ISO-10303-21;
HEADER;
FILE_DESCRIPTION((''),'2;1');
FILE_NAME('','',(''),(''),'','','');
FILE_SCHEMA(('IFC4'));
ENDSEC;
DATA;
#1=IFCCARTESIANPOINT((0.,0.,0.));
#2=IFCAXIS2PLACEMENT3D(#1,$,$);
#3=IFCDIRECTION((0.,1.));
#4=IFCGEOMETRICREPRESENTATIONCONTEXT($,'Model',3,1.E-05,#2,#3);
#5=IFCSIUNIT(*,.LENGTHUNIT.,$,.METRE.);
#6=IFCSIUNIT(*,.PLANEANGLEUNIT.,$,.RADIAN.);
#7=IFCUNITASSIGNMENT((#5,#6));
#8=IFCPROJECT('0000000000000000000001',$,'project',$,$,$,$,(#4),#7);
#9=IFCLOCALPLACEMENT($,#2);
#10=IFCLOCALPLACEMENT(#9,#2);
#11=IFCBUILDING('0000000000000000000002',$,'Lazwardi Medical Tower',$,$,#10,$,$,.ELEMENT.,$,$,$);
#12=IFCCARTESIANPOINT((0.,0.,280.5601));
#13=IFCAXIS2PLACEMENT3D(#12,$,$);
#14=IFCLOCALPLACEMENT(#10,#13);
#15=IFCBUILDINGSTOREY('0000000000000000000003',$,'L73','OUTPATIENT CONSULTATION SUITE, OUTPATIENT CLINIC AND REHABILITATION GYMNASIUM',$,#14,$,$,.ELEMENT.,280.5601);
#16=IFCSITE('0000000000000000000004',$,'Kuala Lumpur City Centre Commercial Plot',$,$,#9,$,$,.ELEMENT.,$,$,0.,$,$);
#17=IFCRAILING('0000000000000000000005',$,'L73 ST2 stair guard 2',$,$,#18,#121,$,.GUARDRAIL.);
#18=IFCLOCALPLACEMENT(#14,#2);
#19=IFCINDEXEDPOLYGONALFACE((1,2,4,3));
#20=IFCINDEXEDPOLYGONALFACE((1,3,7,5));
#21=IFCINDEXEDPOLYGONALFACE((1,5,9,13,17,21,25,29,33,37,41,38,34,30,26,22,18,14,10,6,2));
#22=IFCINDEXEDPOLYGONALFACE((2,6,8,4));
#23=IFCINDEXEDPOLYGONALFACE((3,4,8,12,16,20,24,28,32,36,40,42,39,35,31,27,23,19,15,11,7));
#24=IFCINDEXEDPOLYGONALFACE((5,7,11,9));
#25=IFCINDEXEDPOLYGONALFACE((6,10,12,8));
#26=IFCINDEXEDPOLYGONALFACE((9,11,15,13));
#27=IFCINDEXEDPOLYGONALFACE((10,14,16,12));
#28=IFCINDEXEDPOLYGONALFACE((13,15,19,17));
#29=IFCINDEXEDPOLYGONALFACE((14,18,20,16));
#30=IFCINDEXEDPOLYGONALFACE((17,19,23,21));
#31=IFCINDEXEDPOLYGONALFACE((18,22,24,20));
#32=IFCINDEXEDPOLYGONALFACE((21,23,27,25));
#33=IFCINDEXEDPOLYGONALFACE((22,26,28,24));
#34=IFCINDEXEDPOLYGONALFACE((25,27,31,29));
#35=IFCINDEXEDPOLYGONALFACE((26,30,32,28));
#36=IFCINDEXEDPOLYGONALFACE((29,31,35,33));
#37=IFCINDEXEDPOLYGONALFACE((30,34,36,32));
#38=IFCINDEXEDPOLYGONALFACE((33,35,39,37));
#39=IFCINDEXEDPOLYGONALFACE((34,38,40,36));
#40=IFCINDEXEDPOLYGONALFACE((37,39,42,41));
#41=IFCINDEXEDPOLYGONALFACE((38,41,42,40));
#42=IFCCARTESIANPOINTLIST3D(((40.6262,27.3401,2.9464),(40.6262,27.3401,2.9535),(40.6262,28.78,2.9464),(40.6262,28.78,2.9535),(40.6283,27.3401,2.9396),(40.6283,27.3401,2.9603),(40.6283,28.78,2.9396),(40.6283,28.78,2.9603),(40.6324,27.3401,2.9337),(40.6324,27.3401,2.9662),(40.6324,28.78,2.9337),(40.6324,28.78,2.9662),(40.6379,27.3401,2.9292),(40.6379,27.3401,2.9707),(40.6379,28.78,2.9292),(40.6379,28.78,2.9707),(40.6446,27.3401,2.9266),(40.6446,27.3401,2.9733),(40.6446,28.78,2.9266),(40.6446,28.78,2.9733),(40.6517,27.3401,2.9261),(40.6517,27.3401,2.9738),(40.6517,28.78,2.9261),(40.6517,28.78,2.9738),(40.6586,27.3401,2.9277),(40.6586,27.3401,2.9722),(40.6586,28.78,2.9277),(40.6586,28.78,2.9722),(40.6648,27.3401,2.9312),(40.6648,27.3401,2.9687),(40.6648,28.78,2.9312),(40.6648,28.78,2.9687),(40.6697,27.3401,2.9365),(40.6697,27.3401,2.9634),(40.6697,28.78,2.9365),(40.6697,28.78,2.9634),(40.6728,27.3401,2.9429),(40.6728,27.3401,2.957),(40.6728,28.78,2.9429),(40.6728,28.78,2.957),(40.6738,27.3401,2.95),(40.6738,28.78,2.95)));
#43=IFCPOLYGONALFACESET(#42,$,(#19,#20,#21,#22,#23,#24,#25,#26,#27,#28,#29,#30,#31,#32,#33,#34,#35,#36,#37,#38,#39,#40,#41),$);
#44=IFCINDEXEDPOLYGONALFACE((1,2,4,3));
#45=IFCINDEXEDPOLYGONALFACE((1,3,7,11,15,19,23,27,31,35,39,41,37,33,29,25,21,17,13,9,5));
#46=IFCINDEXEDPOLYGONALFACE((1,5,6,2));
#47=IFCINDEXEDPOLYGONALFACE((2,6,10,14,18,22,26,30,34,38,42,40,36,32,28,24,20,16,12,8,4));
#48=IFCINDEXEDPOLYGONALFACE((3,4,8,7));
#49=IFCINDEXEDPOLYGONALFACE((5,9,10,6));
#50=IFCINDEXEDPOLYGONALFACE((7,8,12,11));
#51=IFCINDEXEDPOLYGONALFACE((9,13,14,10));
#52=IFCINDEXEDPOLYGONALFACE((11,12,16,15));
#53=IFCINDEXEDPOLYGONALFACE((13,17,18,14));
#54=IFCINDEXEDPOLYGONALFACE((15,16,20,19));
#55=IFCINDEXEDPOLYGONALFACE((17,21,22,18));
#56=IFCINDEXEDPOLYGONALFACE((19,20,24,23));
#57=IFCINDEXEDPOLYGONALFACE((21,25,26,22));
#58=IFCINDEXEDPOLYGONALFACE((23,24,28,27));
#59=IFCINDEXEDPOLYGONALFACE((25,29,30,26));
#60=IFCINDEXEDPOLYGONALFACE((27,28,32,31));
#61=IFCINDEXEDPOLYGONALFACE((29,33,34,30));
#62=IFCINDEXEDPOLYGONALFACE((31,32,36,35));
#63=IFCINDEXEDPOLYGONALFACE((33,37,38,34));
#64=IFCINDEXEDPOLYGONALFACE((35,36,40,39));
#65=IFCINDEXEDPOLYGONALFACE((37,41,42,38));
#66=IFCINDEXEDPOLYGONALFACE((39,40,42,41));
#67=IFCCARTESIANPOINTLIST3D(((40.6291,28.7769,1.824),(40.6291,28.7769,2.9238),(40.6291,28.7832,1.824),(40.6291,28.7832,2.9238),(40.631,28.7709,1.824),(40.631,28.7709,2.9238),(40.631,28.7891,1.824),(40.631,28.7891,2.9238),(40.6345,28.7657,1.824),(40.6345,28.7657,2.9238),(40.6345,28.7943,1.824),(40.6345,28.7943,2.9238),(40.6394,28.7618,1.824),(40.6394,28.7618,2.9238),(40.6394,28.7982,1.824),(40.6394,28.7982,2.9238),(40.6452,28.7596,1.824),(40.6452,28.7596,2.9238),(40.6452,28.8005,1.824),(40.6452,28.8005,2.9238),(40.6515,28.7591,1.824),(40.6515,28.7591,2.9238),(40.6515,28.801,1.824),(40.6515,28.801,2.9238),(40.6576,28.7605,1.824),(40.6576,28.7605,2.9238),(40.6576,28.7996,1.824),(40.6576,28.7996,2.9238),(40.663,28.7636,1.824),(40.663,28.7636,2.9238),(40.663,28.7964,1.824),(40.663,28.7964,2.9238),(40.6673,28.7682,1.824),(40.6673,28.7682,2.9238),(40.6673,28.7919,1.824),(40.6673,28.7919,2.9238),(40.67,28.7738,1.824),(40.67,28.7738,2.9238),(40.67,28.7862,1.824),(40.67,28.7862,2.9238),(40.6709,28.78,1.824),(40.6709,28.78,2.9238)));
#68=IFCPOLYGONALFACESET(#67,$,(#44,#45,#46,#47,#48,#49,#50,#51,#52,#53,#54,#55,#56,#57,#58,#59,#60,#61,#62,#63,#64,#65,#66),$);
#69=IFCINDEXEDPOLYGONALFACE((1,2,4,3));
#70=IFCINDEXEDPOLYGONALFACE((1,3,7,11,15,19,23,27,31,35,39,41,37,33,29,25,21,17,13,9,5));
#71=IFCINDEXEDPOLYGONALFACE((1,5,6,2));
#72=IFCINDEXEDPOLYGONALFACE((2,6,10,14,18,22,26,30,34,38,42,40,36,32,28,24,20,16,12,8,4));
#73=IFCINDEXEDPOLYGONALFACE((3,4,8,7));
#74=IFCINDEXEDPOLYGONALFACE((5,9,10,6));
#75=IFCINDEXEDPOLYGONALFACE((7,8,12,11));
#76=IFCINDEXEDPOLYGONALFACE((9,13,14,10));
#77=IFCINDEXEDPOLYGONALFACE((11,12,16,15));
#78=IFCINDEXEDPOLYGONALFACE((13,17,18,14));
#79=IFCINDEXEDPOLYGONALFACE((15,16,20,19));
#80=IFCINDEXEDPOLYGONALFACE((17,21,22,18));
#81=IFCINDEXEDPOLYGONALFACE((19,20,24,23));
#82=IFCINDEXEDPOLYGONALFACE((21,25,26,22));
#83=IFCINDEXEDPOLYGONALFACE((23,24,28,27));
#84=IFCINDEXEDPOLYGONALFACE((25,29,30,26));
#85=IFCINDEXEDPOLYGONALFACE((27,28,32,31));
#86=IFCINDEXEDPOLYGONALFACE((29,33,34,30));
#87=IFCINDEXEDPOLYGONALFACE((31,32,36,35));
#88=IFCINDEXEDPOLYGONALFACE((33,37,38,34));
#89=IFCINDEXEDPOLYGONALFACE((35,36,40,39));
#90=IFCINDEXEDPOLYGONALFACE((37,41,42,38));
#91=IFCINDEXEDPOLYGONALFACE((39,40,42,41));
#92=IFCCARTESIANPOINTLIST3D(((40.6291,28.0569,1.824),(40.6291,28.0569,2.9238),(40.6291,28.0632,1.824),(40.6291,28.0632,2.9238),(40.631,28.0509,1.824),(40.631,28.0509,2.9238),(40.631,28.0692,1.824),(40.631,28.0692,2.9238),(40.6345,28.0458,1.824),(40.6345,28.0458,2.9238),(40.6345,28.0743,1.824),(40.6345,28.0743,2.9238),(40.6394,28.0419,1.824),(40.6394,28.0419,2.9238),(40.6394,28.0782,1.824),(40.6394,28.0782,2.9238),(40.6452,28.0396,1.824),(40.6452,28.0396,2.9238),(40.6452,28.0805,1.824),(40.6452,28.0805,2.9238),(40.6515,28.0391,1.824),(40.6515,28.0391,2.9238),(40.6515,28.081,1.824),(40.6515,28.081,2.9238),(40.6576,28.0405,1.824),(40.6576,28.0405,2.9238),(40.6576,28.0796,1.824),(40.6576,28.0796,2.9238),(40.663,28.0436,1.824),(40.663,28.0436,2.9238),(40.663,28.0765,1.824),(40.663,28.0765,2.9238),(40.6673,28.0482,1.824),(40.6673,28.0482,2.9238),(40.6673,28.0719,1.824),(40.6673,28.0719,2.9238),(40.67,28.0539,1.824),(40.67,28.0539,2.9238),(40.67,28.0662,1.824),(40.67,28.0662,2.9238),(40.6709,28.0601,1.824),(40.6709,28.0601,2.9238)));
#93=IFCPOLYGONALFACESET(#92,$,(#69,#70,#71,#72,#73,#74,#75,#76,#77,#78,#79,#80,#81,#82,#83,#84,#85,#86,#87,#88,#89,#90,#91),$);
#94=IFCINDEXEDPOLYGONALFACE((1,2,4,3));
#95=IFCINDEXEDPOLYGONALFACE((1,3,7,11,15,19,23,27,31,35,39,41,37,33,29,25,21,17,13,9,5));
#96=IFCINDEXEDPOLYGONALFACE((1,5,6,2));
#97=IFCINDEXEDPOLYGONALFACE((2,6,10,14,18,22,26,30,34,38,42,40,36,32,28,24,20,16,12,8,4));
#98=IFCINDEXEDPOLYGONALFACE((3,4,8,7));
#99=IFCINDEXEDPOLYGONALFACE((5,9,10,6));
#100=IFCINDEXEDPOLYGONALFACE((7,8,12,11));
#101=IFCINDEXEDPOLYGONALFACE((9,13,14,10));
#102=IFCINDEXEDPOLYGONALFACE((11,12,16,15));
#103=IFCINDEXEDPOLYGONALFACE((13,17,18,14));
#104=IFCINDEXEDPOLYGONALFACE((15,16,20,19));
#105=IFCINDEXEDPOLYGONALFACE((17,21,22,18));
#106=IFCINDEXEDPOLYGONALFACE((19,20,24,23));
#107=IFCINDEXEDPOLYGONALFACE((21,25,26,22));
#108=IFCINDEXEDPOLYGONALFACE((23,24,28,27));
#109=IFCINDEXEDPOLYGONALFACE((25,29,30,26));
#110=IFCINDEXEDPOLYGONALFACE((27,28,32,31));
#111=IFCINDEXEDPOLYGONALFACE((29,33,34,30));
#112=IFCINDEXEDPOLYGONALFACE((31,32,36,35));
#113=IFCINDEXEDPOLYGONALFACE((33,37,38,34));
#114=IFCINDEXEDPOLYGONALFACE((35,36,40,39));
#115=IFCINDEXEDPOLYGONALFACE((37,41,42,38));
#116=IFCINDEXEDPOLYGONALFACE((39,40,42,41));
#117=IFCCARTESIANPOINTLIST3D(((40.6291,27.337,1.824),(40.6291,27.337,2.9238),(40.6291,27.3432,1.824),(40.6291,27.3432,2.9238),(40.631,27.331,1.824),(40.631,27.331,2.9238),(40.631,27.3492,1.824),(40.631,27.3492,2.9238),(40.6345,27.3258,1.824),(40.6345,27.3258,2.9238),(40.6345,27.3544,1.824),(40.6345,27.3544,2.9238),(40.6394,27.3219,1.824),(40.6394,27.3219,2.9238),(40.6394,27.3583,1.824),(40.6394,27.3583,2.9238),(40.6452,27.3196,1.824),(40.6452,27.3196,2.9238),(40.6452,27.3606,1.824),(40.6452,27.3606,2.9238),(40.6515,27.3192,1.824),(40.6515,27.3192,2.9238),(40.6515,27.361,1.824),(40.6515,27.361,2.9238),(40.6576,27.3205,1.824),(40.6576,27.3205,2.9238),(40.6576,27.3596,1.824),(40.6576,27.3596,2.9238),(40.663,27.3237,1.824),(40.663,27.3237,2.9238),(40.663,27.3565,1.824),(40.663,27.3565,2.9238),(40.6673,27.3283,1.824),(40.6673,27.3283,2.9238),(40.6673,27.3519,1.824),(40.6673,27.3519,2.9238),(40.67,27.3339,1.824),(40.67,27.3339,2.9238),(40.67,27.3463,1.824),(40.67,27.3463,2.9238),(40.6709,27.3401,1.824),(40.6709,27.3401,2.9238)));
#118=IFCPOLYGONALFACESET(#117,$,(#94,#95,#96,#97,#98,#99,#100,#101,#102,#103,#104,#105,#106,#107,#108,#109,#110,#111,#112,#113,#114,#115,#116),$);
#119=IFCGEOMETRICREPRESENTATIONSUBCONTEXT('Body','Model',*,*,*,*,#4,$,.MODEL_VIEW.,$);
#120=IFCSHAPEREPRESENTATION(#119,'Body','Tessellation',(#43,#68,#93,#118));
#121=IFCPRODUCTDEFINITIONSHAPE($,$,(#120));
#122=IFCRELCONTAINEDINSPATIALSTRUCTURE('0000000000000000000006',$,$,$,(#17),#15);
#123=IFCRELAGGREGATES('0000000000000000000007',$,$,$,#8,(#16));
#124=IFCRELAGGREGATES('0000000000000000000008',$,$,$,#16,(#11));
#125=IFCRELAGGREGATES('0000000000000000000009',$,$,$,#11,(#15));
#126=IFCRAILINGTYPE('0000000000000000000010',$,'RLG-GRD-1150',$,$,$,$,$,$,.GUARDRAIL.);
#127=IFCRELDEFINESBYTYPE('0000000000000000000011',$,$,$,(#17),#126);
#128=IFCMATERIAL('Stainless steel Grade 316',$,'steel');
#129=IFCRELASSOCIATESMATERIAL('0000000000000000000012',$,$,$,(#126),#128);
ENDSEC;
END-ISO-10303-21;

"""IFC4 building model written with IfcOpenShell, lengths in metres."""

from ifc_helpers import new_model, si_unit, direction, frame, origin, origin_2d, place, context, subcontext, project, spatial, circle, extrude, material, type_object, element, save


model = new_model("IFC4")

# Units and contexts
model_context = context("Model", 3, precision=1e-05, world=origin(), true_north=direction((0.0, 1.0)))
body_context = subcontext(model_context, "Body", "Model", "MODEL_VIEW")
ifc_project = project(units=[si_unit("LENGTHUNIT", "METRE"), si_unit("PLANEANGLEUNIT", "RADIAN")], contexts=[model_context])

# Site, building, storey
site_placement = place(None, origin())
site = spatial("IfcSite", under=ifc_project, at=site_placement, Name="Kuala Lumpur City Centre Commercial Plot", CompositionType="ELEMENT", RefElevation=0.0)
building_placement = place(site_placement, origin())
building = spatial("IfcBuilding", under=site, at=building_placement, Name="Lazwardi Medical Tower", CompositionType="ELEMENT")
storey_placement = place(building_placement, frame((0.0, 0.0, 280.5601)))
storey = spatial("IfcBuildingStorey", under=building, at=storey_placement, Name="L73", Description="OUTPATIENT CONSULTATION SUITE, OUTPATIENT CLINIC AND REHABILITATION GYMNASIUM", CompositionType="ELEMENT", Elevation=280.5601)

# Railing
ifc_material_1 = material(Name="Stainless steel Grade 316", Category="steel")
railing_type_1 = type_object("IfcRailingType", Name="RLG-GRD-1150", PredefinedType="GUARDRAIL", material=ifc_material_1)
railing_1_placement = place(storey_placement, frame((40.6499, 28.78, 1.824)))
element("IfcRailing", 1, at=railing_1_placement, inside=storey, type_object=railing_type_1, Name="L73 ST2 stair guard 2", PredefinedType="GUARDRAIL", context=body_context, shape_type="SweptSolid", body=[
    extrude(circle(Radius=0.0239, at=origin_2d()), frame((0.0, 0.0, 1.126), z_axis=(0.0, -1.0, 0.0), x_axis=(1.0, 0.0, 0.0)), (0.0, 0.0, 1.0), 1.4399),
    extrude(circle(Radius=0.021, at=origin_2d()), origin(), (0.0, 0.0, 1.0), 1.0999),
    extrude(circle(Radius=0.021, at=origin_2d()), frame((0.0, -0.72, 0.0)), (0.0, 0.0, 1.0), 1.0999),
    extrude(circle(Radius=0.021, at=origin_2d()), frame((0.0, -1.4399, 0.0)), (0.0, 0.0, 1.0), 1.0999),
])

save(model, "model.ifc")
